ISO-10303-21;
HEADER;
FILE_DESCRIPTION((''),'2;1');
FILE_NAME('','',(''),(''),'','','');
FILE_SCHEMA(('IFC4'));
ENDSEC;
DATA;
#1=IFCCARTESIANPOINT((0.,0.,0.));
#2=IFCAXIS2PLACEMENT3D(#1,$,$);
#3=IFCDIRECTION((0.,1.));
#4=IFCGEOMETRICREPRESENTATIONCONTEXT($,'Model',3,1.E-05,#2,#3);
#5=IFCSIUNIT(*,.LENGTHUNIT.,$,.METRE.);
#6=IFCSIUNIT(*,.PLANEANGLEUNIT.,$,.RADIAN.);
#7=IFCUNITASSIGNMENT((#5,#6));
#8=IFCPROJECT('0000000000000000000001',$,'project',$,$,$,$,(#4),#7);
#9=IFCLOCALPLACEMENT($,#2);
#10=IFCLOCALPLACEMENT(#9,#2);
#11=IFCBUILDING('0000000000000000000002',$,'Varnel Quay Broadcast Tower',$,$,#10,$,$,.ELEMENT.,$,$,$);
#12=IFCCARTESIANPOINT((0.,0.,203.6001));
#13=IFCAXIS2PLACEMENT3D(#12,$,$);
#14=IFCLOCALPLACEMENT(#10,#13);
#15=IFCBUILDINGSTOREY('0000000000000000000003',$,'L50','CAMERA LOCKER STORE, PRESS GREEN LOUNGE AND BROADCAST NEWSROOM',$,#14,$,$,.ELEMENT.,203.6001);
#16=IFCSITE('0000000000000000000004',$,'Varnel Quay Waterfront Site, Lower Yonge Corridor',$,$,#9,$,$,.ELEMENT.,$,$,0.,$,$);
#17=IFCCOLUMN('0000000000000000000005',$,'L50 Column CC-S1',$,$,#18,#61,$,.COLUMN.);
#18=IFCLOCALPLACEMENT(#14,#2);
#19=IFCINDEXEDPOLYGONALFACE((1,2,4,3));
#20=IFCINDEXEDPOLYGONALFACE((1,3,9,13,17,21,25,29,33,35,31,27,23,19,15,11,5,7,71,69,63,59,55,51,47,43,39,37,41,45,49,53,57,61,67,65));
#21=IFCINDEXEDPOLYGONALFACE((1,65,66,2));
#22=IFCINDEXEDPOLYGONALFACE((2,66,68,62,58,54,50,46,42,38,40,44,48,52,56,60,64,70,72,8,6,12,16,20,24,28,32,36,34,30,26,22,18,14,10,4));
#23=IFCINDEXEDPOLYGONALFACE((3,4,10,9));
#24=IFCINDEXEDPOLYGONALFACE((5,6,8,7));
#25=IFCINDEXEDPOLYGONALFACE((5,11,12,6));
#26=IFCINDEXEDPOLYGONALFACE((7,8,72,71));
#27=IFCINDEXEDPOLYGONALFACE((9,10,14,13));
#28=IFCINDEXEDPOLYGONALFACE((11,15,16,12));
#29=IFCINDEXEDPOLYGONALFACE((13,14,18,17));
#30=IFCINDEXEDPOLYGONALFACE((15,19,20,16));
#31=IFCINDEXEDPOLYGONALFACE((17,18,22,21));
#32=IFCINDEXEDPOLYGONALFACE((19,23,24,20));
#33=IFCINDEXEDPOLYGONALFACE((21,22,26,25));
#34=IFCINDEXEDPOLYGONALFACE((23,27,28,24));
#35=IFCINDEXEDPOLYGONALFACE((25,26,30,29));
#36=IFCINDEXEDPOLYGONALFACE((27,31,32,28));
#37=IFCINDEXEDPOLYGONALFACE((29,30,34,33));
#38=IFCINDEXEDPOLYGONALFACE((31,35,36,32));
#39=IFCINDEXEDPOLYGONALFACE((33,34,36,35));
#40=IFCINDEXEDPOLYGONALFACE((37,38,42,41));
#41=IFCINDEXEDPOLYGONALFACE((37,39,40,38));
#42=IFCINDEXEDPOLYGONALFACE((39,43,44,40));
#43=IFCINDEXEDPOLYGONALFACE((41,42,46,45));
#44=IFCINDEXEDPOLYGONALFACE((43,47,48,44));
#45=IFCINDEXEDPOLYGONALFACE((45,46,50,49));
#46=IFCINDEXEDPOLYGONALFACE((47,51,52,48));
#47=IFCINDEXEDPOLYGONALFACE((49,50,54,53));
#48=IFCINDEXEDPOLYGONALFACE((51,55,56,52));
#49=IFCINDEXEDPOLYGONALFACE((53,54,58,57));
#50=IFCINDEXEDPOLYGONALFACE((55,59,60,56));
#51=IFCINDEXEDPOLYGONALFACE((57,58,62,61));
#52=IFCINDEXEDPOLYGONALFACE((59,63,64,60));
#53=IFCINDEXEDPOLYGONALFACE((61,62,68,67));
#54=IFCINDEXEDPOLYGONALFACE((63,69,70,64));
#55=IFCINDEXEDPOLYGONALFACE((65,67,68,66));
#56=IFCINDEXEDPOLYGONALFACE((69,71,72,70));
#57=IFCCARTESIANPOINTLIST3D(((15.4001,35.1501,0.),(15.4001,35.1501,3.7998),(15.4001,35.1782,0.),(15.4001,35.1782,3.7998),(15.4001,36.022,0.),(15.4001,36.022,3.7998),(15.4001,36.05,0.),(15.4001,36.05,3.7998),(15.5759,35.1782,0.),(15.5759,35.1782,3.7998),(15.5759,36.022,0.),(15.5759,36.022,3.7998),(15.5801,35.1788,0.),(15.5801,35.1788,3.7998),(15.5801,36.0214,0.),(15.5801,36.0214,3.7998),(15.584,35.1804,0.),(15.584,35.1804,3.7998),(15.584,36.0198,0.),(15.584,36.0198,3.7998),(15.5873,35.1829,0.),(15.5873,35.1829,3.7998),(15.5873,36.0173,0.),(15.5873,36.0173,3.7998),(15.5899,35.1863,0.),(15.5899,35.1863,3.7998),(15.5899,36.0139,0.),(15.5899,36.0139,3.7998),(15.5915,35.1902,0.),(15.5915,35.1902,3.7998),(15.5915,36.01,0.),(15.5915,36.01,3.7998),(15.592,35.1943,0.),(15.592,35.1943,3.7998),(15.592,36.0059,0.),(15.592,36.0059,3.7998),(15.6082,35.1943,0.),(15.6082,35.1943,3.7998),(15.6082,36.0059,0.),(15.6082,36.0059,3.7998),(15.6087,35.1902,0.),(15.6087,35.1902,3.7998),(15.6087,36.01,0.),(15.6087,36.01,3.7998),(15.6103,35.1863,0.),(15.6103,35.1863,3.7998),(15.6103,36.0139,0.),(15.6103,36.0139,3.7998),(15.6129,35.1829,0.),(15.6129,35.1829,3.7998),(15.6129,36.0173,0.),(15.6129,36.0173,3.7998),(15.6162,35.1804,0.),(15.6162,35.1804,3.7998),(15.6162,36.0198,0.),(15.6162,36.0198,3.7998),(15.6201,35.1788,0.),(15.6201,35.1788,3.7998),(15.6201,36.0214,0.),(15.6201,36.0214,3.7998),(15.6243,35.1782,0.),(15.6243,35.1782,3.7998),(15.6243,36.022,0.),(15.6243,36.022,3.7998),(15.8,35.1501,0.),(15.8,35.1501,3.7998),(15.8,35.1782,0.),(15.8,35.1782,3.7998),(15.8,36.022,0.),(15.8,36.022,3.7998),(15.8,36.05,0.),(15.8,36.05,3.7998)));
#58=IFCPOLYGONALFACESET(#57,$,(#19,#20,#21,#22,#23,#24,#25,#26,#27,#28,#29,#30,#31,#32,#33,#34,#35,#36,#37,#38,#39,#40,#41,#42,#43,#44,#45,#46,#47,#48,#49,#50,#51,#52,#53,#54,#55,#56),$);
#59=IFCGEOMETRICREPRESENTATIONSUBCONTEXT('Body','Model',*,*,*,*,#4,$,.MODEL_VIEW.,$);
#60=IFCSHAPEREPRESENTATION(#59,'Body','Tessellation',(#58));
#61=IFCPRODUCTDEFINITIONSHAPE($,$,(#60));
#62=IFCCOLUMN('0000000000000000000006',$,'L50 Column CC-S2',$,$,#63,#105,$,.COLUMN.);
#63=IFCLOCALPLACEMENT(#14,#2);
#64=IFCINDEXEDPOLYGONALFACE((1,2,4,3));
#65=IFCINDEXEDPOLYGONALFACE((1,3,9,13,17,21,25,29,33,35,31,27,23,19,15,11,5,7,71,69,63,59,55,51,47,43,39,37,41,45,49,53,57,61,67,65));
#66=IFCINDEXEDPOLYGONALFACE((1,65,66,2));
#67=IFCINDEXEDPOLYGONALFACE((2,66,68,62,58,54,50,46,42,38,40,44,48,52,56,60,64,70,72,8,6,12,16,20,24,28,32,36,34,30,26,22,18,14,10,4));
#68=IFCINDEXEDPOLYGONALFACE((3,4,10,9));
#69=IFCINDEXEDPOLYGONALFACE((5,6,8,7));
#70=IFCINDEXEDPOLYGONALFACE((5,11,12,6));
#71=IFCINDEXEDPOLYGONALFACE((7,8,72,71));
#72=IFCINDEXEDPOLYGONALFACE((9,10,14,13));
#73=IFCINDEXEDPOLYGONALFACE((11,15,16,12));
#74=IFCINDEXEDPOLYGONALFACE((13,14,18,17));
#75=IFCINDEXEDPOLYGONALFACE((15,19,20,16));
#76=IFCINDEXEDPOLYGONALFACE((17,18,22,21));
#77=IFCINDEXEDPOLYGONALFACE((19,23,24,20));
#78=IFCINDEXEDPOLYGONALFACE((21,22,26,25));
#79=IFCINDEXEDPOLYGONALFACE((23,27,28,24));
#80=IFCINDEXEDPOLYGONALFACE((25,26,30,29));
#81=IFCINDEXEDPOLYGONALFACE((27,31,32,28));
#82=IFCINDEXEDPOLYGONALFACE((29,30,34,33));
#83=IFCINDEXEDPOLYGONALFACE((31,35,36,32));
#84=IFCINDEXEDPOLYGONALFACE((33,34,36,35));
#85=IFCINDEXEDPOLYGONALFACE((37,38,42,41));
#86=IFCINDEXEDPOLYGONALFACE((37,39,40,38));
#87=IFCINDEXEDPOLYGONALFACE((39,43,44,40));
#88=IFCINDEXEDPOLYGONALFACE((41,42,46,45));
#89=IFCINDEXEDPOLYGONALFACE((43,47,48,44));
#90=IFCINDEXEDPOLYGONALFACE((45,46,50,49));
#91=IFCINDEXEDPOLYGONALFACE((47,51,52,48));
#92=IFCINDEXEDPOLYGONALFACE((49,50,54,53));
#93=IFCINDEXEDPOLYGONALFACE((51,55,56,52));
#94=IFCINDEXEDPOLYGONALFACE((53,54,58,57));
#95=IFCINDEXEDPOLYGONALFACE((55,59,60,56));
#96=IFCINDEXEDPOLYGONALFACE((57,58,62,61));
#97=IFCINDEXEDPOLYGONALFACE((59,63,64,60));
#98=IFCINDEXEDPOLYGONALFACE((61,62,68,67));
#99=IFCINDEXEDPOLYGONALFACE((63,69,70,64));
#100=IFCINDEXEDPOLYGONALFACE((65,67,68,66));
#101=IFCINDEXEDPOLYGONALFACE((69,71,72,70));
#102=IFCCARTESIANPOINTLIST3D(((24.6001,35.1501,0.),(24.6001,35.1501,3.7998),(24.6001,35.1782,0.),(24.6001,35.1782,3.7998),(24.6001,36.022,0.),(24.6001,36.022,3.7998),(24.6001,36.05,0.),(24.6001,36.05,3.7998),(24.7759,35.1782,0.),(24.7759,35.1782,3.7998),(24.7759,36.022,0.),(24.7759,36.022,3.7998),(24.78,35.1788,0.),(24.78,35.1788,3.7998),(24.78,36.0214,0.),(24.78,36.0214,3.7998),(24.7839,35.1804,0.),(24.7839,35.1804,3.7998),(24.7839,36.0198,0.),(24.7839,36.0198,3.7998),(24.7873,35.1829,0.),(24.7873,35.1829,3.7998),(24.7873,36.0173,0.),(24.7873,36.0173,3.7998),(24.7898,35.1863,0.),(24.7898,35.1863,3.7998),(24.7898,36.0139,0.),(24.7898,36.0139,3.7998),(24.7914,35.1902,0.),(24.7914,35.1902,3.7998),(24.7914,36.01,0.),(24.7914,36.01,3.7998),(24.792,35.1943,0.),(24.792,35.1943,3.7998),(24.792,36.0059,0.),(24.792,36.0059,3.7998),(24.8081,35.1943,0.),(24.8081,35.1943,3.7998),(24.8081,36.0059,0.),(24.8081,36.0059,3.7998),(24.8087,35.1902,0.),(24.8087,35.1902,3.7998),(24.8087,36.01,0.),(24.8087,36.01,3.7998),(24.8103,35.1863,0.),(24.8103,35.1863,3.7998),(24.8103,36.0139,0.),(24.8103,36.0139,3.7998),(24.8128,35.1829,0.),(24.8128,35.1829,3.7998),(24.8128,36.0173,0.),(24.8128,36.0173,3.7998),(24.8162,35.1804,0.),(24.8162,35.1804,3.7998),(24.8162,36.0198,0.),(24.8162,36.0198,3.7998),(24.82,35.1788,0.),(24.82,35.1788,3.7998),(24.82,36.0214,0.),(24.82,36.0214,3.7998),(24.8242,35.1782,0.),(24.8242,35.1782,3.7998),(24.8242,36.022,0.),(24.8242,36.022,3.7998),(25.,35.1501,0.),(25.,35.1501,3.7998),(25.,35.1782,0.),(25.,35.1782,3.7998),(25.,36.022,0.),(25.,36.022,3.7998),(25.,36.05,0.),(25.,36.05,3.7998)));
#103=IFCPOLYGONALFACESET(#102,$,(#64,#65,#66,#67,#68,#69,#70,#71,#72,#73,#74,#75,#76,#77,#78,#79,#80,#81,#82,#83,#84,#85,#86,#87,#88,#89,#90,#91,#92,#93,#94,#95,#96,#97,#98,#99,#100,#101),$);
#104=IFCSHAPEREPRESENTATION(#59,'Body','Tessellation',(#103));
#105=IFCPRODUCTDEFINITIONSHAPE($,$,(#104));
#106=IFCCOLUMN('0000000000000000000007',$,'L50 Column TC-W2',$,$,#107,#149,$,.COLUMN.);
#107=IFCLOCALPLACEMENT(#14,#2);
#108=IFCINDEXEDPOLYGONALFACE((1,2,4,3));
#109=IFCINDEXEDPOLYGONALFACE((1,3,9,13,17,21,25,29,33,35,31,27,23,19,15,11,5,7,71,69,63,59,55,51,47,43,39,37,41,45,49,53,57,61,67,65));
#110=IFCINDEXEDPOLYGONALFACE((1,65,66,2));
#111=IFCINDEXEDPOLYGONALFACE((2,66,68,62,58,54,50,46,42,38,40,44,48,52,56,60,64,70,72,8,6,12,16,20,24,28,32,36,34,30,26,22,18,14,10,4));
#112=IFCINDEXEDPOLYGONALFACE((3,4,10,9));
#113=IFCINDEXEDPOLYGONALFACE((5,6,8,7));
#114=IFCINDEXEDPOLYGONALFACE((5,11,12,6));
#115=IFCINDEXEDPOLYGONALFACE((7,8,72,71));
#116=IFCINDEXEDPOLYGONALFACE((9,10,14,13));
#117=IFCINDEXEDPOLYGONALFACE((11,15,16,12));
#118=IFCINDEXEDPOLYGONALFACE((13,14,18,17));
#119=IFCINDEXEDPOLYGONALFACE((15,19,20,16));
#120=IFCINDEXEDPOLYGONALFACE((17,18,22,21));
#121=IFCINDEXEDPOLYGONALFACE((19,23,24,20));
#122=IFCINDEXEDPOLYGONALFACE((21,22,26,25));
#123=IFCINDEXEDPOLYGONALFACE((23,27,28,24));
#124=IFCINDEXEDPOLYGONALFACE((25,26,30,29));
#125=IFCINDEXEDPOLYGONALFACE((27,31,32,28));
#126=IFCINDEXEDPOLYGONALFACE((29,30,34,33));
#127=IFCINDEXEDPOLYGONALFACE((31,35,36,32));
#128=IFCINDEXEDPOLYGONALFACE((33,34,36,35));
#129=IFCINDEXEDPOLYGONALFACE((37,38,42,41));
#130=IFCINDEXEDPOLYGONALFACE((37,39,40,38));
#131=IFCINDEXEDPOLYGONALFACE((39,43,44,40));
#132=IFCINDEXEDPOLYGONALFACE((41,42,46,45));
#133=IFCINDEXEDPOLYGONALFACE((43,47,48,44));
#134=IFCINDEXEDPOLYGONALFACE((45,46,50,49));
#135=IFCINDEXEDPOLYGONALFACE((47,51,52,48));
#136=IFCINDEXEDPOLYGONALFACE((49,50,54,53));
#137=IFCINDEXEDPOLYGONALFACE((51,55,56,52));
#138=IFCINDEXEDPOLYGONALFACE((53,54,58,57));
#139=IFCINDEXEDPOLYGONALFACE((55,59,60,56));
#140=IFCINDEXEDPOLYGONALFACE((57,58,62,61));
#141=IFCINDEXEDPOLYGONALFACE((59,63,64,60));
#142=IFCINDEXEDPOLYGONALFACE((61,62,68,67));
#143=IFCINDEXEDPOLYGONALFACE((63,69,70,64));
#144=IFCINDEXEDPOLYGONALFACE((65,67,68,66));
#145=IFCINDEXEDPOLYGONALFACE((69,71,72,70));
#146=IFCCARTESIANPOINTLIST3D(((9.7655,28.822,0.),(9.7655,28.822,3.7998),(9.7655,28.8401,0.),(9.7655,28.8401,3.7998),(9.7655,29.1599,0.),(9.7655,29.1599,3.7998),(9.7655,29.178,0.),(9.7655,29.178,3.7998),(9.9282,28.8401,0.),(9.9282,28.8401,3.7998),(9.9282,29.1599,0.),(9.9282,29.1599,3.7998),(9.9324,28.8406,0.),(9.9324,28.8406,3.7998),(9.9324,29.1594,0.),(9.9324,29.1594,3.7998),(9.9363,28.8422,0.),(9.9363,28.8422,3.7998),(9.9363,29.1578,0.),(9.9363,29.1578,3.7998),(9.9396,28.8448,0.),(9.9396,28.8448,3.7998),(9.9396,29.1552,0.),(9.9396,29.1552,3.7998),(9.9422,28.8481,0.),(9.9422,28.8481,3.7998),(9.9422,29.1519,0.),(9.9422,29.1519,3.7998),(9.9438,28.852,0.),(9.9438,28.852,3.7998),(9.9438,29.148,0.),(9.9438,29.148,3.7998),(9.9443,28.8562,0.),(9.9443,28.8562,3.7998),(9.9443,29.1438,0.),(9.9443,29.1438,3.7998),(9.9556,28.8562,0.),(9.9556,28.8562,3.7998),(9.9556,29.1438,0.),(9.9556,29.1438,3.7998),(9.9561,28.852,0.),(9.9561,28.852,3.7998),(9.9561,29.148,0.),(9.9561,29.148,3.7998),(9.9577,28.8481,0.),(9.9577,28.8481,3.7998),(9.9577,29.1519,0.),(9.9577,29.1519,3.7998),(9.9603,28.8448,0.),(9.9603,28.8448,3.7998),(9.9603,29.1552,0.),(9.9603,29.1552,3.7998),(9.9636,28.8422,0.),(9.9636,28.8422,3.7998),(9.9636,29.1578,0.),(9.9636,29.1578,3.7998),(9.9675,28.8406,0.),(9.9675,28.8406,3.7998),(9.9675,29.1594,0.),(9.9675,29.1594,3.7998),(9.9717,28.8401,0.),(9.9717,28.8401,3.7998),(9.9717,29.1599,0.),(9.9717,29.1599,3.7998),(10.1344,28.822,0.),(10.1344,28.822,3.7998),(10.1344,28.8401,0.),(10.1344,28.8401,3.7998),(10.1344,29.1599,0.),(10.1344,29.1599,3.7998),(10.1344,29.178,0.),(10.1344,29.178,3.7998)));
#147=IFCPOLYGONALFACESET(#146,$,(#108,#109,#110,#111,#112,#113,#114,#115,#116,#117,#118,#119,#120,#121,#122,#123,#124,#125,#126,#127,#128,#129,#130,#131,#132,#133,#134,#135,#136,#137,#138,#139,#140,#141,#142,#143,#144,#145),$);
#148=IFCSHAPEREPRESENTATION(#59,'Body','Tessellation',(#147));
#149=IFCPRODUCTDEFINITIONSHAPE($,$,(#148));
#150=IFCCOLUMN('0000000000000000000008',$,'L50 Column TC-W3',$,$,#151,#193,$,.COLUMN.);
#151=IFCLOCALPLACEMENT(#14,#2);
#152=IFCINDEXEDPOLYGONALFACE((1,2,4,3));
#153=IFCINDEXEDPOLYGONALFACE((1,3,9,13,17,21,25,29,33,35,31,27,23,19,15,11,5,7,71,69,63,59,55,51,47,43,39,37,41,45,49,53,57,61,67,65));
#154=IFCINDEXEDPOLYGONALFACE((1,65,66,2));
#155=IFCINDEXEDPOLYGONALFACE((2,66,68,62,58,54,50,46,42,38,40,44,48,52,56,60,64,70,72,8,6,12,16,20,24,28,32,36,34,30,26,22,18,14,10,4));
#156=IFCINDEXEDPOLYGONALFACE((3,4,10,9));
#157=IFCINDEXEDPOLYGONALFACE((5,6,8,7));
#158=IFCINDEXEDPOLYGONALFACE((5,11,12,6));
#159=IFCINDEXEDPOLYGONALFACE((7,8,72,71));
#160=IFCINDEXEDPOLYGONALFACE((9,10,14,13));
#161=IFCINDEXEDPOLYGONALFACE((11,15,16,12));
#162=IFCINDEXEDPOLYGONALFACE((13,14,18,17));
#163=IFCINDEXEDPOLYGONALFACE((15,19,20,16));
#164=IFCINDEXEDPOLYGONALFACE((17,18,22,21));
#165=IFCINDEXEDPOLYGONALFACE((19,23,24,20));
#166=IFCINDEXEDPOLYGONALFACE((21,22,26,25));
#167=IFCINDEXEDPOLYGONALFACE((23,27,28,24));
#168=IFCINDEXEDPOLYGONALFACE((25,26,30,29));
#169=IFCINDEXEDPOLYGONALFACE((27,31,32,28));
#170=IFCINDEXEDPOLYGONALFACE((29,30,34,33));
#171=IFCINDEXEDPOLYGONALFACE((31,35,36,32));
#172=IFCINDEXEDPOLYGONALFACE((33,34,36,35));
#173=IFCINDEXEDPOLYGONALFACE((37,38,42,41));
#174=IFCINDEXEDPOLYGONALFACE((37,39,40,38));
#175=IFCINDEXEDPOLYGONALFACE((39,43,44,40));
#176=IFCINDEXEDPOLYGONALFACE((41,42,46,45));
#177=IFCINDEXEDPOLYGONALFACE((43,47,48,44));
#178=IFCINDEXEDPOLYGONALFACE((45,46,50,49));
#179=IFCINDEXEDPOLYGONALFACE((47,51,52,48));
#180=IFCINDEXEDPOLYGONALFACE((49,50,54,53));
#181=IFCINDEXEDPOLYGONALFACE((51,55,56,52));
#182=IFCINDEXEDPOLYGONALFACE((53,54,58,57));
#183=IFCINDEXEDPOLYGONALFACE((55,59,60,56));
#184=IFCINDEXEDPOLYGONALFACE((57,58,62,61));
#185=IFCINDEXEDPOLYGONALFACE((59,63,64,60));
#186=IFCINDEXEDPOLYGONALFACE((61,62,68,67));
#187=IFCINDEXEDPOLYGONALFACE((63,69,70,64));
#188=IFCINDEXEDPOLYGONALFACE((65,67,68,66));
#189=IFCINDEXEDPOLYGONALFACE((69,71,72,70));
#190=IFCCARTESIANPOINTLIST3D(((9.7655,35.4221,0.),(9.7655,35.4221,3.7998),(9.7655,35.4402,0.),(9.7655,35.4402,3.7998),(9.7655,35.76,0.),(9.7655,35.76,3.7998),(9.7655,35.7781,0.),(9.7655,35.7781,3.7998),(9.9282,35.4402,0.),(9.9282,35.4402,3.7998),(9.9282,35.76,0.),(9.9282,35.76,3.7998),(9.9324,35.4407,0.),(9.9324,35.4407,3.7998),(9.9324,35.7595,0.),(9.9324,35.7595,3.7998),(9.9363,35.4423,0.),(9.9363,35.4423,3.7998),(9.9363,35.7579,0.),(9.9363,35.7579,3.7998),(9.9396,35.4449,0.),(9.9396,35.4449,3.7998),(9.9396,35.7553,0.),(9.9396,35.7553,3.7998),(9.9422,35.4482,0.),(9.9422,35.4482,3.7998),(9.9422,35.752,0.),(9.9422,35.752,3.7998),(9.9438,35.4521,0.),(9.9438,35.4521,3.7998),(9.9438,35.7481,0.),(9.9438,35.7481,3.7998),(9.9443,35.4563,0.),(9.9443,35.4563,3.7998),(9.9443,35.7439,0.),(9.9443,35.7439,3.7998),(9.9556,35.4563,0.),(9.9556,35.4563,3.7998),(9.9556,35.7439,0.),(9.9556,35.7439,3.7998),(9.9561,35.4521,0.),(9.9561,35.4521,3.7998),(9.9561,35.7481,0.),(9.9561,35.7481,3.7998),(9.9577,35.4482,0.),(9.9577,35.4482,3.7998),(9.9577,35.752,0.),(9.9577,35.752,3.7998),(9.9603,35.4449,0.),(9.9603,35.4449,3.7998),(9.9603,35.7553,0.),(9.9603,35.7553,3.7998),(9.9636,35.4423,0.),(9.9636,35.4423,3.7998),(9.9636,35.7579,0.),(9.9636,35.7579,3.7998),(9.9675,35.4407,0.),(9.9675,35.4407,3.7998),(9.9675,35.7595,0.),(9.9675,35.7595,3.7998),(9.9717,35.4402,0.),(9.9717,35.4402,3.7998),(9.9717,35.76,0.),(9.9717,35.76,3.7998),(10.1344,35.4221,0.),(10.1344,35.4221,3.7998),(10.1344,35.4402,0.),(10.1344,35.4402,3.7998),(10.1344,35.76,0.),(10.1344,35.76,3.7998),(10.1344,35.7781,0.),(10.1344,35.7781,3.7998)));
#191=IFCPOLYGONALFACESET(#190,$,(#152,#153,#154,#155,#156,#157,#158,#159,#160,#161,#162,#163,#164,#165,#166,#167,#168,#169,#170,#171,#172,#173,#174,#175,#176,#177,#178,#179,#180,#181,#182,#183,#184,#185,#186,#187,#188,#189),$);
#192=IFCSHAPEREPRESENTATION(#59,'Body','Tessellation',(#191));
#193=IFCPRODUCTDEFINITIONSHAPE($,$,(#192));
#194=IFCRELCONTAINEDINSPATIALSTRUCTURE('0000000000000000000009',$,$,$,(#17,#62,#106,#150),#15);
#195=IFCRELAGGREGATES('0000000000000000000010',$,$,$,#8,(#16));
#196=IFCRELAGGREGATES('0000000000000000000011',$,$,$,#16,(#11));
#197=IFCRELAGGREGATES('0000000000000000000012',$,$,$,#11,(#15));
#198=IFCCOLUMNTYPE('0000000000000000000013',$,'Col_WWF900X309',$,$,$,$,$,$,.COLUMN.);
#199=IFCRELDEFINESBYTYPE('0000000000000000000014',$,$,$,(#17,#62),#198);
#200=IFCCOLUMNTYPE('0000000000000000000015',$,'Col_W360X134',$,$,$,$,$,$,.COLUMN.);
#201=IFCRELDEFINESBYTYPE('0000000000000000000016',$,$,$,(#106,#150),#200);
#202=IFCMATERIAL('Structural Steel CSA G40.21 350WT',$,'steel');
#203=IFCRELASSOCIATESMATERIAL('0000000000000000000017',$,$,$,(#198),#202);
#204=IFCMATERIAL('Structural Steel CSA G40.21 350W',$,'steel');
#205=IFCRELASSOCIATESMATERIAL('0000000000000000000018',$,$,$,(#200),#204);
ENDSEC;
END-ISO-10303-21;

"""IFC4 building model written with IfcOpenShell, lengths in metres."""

from ifc_helpers import new_model, si_unit, direction, frame, origin, origin_2d, place, context, subcontext, project, spatial, i_section, extrude, source, transform, mapped, material, material_profile, profile_set, type_object, type_shapes, element, save


model = new_model("IFC4")

# Units and contexts
model_context = context("Model", 3, precision=1e-05, world=origin(), true_north=direction((0.0, 1.0)))
body_context = subcontext(model_context, "Body", "Model", "MODEL_VIEW")
ifc_project = project(units=[si_unit("LENGTHUNIT", "METRE"), si_unit("PLANEANGLEUNIT", "RADIAN")], contexts=[model_context])

# Site, building, storey
site_placement = place(None, origin())
site = spatial("IfcSite", under=ifc_project, at=site_placement, Name="Varnel Quay Waterfront Site, Lower Yonge Corridor", CompositionType="ELEMENT", RefElevation=0.0)
building_placement = place(site_placement, origin())
building = spatial("IfcBuilding", under=site, at=building_placement, Name="Varnel Quay Broadcast Tower", CompositionType="ELEMENT")
storey_placement = place(building_placement, frame((0.0, 0.0, 203.6001)))
storey = spatial("IfcBuildingStorey", under=building, at=storey_placement, Name="L50", Description="CAMERA LOCKER STORE, PRESS GREEN LOUNGE AND BROADCAST NEWSROOM", CompositionType="ELEMENT", Elevation=203.6001)

# Columns
ifc_material_1 = material(Name="Structural Steel CSA G40.21 350WT", Category="steel")
ifc_material_profile_1 = material_profile(ifc_material_1, i_section(OverallWidth=0.3999, OverallDepth=0.8999, WebThickness=0.0161, FlangeThickness=0.0281, FilletRadius=0.0161, at=origin_2d()), Name="WWF900X309")
ifc_profile_set_1 = profile_set([ifc_material_profile_1], Name="Structural Steel CSA G40.21 350WT")
column_type_1 = type_object("IfcColumnType", Name="Col_WWF900X309", PredefinedType="COLUMN", material=ifc_profile_set_1)
shared_shape_1 = source(origin(), body_context, "Body", "SweptSolid", [
    extrude(i_section(OverallWidth=0.3999, OverallDepth=0.8999, WebThickness=0.0161, FlangeThickness=0.0281, FilletRadius=0.0161, at=origin_2d()), origin(), (0.0, 0.0, 1.0), 3.7998),
])
type_shapes(column_type_1, [shared_shape_1])
for number, where, z_axis, x_axis, name in (
    (1, (15.6001, 35.6001, 0.0), (0.0, 0.0, 1.0), (1.0, 0.0, 0.0), "L50 Column CC-S1"),
    (2, (24.8, 35.6001, 0.0), (0.0, 0.0, 1.0), (1.0, 0.0, 0.0), "L50 Column CC-S2"),
):
    element("IfcColumn", number, at=place(storey_placement, frame(where, z_axis=z_axis, x_axis=x_axis)), inside=storey, type_object=column_type_1, Name=name, PredefinedType="COLUMN", context=body_context, shape_type="MappedRepresentation", body=[
        mapped(shared_shape_1, transform((0.0, 0.0, 0.0), x_axis=(1.0, 0.0, 0.0), y_axis=(0.0, 1.0, 0.0), z_axis=(0.0, 0.0, 1.0), scale=1.0)),
    ])
ifc_material_2 = material(Name="Structural Steel CSA G40.21 350W", Category="steel")
ifc_material_profile_2 = material_profile(ifc_material_2, i_section(OverallWidth=0.3689, OverallDepth=0.356, WebThickness=0.0112, FlangeThickness=0.0181, FilletRadius=0.0161, at=origin_2d()), Name="W360X134")
ifc_profile_set_2 = profile_set([ifc_material_profile_2], Name="Structural Steel CSA G40.21 350W")
column_type_2 = type_object("IfcColumnType", Name="Col_W360X134", PredefinedType="COLUMN", material=ifc_profile_set_2)
shared_shape_2 = source(origin(), body_context, "Body", "SweptSolid", [
    extrude(i_section(OverallWidth=0.3689, OverallDepth=0.356, WebThickness=0.0112, FlangeThickness=0.0181, FilletRadius=0.0161, at=origin_2d()), origin(), (0.0, 0.0, 1.0), 3.7998),
])
type_shapes(column_type_2, [shared_shape_2])
for number, where, z_axis, x_axis, name in (
    (3, (9.95, 29.0, 0.0), (0.0, 0.0, 1.0), (1.0, 0.0, 0.0), "L50 Column TC-W2"),
    (4, (9.95, 35.6001, 0.0), (0.0, 0.0, 1.0), (1.0, 0.0, 0.0), "L50 Column TC-W3"),
):
    element("IfcColumn", number, at=place(storey_placement, frame(where, z_axis=z_axis, x_axis=x_axis)), inside=storey, type_object=column_type_2, Name=name, PredefinedType="COLUMN", context=body_context, shape_type="MappedRepresentation", body=[
        mapped(shared_shape_2, transform((0.0, 0.0, 0.0), x_axis=(1.0, 0.0, 0.0), y_axis=(0.0, 1.0, 0.0), z_axis=(0.0, 0.0, 1.0), scale=1.0)),
    ])

save(model, "model.ifc")
